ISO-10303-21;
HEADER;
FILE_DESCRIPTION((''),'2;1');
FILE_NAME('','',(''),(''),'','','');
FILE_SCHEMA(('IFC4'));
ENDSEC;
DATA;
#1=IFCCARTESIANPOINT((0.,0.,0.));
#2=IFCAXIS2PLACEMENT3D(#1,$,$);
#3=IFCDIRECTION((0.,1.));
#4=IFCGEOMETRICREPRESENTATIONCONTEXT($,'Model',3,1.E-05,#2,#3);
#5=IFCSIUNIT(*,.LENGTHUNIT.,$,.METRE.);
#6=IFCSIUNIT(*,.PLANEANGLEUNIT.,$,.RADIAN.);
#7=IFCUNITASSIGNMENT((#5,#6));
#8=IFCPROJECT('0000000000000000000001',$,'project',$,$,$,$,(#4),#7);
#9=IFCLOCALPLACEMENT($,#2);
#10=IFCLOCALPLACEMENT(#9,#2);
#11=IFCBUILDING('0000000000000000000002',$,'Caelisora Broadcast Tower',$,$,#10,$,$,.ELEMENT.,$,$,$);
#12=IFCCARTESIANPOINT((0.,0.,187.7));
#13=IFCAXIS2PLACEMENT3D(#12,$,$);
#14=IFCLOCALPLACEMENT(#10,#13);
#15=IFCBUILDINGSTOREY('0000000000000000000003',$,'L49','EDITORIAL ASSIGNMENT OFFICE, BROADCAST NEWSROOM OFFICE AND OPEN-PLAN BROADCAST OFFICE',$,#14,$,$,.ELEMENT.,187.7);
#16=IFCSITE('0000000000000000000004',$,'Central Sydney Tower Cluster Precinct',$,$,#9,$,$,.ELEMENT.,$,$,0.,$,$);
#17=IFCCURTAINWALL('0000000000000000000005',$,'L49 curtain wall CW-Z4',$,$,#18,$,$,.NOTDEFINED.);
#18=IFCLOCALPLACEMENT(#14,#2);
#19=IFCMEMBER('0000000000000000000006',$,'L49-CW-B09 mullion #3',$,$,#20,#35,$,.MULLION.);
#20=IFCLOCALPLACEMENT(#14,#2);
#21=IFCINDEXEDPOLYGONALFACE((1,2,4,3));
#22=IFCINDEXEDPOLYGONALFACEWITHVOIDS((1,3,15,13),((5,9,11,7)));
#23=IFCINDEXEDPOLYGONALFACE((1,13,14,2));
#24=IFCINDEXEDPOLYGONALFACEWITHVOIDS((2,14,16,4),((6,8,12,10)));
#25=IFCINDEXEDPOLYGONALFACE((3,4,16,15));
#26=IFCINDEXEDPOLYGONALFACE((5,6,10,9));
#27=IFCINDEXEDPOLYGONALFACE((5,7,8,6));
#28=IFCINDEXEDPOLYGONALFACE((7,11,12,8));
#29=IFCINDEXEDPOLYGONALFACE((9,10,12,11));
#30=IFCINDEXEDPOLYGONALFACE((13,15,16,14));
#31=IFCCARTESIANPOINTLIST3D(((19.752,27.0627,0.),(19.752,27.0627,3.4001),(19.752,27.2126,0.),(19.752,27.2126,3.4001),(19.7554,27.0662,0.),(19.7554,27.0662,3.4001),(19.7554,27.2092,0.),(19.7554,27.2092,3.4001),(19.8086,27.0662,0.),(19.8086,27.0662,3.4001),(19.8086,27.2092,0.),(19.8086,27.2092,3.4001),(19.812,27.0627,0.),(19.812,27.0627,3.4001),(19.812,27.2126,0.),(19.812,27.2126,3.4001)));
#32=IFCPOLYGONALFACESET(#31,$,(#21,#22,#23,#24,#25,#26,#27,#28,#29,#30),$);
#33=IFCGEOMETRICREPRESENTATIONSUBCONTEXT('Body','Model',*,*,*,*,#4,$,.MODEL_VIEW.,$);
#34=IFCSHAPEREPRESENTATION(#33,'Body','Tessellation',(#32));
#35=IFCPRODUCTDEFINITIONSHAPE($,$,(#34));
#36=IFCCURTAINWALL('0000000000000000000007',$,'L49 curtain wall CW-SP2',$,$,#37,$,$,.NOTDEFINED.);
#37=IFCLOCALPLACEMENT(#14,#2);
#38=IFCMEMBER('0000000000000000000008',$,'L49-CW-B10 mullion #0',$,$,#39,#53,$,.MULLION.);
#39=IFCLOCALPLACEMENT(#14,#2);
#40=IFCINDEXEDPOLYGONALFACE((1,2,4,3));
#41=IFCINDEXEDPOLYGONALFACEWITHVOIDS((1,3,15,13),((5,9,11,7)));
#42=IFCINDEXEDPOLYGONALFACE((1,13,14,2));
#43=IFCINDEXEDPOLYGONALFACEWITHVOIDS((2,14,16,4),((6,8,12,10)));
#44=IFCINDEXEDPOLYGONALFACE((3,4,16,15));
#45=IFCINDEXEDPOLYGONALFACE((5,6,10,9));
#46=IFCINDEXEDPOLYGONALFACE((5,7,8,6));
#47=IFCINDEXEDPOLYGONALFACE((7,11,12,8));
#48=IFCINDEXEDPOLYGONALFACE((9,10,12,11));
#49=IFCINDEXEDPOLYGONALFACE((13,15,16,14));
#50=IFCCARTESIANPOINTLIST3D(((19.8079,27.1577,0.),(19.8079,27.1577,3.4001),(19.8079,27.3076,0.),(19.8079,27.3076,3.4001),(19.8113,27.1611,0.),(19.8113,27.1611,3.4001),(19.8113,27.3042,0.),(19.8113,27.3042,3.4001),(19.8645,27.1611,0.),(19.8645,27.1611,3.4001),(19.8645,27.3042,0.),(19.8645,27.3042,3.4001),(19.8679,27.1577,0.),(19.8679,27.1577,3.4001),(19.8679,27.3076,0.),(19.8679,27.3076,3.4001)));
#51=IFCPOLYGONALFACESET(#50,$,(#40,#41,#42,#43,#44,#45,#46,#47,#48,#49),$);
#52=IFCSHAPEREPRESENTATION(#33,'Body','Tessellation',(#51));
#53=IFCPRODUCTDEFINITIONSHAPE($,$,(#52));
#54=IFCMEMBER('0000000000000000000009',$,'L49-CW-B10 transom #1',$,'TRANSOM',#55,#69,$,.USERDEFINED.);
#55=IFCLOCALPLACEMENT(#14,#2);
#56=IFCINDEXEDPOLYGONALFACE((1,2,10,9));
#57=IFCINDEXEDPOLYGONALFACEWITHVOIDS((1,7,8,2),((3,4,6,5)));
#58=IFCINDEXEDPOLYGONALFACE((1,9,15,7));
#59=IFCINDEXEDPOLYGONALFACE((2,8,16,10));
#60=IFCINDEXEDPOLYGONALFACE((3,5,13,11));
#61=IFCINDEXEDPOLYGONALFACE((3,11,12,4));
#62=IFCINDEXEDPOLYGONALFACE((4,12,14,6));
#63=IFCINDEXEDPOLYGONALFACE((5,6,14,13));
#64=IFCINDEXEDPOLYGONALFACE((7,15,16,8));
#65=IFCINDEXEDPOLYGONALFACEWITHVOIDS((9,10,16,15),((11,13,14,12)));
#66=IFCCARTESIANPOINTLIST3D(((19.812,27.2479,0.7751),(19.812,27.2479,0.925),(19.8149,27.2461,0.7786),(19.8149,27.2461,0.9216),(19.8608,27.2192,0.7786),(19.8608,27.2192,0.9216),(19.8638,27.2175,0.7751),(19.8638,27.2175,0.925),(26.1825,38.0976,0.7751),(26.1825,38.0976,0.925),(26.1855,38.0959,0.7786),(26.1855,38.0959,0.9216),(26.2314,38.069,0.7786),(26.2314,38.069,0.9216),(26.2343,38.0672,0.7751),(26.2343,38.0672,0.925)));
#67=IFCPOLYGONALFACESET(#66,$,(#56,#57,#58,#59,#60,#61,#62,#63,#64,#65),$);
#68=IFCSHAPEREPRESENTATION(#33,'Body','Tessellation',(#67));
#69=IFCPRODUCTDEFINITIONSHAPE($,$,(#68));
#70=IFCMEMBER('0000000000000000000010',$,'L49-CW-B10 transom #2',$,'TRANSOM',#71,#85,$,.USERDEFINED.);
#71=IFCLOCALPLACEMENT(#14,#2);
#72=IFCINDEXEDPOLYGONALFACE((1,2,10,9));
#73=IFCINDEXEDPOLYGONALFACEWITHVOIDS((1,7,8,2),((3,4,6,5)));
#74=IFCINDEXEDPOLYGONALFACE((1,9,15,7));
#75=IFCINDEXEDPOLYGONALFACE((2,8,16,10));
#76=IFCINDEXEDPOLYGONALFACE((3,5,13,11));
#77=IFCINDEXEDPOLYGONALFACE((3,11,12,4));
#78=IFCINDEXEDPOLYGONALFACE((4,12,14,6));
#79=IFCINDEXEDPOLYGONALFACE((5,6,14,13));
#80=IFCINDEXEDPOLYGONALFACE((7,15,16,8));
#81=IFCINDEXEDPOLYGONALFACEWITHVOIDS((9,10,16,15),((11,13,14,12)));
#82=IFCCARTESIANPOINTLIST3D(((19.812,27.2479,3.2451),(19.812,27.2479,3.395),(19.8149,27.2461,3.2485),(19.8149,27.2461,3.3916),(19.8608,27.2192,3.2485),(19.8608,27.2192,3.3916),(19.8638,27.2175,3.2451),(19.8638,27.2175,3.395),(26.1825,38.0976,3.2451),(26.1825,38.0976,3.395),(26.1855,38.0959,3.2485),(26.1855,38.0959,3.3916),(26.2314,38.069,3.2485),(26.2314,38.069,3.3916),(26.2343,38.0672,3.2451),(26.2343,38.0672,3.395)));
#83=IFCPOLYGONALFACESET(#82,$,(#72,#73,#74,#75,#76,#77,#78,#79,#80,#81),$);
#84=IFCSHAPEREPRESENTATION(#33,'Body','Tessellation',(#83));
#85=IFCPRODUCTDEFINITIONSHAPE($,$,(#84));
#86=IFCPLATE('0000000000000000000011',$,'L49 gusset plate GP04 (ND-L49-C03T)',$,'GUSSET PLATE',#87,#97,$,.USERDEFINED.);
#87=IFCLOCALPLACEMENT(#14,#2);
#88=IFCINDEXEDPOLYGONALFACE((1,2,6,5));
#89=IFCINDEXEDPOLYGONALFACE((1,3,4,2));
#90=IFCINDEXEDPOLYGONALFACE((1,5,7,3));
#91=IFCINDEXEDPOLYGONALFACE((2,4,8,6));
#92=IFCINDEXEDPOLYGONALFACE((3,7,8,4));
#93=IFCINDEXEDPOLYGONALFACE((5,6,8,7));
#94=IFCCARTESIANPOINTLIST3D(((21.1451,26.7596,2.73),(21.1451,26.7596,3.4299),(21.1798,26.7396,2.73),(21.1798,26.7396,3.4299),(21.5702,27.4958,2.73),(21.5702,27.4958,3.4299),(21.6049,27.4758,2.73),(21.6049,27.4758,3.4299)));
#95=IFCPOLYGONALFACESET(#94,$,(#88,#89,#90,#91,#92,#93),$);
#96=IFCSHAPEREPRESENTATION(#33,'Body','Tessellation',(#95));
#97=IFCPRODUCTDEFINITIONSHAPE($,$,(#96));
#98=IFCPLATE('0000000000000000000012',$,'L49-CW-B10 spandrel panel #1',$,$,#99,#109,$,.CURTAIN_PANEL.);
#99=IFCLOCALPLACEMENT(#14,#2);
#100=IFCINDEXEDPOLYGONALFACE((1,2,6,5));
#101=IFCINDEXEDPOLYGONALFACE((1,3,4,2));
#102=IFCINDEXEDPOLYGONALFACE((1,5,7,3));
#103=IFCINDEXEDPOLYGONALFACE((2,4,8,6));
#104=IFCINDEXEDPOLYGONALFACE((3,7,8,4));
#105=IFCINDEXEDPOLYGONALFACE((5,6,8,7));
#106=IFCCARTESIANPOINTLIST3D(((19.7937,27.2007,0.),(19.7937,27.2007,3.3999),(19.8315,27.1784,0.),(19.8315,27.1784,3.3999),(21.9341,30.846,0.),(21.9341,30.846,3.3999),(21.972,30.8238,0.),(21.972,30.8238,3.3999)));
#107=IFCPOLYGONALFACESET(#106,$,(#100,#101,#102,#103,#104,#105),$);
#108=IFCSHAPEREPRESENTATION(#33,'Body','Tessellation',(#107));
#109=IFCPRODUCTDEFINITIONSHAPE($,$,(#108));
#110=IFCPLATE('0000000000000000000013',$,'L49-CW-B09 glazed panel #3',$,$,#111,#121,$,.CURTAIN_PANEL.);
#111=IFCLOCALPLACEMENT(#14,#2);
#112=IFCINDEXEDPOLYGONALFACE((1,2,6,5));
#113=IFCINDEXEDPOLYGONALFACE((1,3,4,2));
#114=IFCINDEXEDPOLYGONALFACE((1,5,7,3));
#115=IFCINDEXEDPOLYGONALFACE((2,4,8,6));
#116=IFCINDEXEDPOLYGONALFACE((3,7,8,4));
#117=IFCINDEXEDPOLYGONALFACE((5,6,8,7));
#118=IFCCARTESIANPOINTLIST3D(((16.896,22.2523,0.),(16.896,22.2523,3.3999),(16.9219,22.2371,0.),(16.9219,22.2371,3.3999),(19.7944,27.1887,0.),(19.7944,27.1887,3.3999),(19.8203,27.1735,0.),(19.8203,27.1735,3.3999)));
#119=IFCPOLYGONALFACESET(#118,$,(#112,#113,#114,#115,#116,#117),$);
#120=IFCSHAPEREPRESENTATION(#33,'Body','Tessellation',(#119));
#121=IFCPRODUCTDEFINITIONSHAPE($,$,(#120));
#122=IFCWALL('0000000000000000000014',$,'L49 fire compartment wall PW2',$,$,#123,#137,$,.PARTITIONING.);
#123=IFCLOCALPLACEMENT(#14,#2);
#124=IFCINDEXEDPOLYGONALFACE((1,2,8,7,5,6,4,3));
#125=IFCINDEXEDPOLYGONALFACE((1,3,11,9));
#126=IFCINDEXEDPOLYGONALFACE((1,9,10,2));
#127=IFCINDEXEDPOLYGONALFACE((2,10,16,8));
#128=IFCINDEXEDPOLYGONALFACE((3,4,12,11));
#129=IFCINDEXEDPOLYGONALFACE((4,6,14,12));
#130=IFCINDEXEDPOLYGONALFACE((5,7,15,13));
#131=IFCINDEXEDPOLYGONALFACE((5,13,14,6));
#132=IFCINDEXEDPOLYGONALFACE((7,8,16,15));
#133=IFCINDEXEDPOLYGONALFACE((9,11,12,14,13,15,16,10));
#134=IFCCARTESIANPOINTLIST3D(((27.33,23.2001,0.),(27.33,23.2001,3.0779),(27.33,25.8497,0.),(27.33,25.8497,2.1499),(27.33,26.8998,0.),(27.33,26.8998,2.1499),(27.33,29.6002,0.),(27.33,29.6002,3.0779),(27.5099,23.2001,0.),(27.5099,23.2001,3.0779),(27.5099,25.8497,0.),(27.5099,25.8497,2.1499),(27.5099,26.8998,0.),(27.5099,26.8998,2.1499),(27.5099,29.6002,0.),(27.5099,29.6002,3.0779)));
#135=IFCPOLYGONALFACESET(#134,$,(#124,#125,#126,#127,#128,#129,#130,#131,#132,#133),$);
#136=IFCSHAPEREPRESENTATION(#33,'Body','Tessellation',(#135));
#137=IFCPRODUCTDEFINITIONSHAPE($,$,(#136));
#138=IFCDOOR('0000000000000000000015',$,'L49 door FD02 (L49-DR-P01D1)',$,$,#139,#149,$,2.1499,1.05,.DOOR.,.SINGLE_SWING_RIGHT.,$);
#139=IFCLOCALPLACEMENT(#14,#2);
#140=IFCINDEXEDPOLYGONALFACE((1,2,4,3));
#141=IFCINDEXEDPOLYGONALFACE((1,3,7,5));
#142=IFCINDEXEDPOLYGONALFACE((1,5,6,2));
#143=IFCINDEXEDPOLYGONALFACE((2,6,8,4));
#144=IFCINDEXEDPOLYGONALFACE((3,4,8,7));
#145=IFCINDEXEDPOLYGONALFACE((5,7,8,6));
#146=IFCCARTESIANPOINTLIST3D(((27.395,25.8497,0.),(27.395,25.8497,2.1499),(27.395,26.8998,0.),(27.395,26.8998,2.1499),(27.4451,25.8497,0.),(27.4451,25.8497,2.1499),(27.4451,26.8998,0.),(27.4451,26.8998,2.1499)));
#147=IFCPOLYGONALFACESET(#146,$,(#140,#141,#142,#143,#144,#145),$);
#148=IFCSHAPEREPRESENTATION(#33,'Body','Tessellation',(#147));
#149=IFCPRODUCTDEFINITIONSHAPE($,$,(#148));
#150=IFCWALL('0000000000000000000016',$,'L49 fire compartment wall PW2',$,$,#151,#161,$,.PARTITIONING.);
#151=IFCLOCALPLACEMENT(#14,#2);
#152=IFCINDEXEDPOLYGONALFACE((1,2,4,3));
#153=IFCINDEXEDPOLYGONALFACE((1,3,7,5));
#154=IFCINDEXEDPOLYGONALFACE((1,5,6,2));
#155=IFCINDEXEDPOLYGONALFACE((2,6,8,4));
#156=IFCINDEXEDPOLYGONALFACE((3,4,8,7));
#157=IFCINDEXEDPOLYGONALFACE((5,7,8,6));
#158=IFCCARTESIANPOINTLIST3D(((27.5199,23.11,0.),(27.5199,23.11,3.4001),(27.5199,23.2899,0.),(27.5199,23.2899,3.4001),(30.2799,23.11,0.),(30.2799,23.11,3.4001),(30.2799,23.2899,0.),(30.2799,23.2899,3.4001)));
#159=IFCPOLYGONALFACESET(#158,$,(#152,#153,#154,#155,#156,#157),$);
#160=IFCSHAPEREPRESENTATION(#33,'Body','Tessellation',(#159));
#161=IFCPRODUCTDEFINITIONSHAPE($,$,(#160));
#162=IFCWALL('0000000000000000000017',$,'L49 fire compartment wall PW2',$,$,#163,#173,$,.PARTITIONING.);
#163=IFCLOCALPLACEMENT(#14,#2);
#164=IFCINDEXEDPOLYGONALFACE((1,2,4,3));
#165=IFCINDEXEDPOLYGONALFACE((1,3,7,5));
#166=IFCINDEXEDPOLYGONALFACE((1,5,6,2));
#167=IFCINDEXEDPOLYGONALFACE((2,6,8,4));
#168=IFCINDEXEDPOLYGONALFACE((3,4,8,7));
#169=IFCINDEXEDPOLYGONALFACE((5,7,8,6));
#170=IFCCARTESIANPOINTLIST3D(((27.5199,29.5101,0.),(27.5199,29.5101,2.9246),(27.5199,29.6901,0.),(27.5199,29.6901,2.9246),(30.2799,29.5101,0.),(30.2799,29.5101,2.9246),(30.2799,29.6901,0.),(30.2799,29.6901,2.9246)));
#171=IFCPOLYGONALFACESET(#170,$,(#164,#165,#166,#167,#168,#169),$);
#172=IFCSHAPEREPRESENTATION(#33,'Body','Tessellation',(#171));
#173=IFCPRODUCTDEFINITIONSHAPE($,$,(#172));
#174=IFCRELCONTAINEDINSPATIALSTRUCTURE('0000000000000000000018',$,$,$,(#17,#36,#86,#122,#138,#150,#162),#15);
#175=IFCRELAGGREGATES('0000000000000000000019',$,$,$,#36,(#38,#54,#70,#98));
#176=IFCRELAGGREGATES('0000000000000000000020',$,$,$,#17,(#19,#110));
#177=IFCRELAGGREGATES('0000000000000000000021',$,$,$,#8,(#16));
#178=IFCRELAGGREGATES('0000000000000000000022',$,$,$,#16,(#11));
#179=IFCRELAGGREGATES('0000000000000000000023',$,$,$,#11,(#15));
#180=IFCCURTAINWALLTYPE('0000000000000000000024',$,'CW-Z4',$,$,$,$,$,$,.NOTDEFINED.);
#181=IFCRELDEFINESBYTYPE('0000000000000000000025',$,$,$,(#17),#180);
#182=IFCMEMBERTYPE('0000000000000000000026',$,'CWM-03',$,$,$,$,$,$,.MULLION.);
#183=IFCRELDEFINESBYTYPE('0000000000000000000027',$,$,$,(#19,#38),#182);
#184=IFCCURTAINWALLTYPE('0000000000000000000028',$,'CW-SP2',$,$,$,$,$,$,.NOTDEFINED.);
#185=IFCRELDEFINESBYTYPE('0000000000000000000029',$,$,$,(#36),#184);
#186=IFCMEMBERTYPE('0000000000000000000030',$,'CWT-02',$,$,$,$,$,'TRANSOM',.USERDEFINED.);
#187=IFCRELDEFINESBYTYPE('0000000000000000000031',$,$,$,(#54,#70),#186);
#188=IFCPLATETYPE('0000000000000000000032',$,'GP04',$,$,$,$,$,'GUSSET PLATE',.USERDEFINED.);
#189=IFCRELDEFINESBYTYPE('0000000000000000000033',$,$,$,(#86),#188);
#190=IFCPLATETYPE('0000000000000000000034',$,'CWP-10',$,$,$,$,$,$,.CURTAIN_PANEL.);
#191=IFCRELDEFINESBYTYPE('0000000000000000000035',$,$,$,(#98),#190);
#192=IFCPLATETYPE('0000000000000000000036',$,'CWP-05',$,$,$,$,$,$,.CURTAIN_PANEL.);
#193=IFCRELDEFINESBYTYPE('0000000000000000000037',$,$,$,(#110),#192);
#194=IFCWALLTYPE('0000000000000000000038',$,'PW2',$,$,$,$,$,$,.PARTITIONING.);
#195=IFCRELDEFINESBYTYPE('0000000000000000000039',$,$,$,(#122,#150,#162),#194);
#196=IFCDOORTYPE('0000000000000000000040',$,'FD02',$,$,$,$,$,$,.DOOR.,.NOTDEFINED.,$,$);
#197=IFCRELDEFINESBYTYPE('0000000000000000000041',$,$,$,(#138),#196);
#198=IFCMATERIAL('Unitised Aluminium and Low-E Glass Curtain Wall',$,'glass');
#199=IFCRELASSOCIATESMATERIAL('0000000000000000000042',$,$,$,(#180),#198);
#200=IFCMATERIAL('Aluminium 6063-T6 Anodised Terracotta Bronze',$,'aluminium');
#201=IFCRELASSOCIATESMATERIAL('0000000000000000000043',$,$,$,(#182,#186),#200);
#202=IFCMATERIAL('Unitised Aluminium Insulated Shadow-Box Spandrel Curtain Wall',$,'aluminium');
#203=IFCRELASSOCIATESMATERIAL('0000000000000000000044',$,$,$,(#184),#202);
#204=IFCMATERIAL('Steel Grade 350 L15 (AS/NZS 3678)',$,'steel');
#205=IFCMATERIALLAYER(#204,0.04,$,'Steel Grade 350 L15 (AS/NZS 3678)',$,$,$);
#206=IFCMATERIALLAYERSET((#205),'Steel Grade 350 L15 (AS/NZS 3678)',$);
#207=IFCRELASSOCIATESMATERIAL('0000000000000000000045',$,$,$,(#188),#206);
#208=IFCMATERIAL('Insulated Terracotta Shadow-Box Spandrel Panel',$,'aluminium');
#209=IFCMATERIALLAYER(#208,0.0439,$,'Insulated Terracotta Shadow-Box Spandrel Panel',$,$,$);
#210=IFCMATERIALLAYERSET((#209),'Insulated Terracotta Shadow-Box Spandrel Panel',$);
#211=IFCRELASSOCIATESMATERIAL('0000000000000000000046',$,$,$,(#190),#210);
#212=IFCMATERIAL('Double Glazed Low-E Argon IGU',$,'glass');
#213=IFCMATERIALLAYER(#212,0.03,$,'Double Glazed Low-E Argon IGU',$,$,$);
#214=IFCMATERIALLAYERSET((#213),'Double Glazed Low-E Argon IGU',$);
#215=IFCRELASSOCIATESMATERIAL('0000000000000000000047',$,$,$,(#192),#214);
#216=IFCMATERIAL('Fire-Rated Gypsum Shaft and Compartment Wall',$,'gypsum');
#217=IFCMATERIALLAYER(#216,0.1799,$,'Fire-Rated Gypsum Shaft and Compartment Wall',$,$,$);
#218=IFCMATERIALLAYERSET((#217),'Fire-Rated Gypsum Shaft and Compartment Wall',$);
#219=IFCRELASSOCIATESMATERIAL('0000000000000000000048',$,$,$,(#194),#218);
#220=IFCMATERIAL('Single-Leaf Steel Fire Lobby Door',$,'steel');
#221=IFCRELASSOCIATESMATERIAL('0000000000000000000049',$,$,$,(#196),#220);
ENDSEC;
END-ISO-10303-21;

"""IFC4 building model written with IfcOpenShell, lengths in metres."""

from ifc_helpers import new_model, si_unit, direction, frame, frame_2d, origin, origin_2d, place, context, subcontext, project, spatial, rectangle, hollow_rectangle, extrude, source, transform, mapped, material, layer, layer_set, material_profile, profile_set, type_object, type_shapes, element, fill, aggregate, save


model = new_model("IFC4")

# Units and contexts
model_context = context("Model", 3, precision=1e-05, world=origin(), true_north=direction((0.0, 1.0)))
body_context = subcontext(model_context, "Body", "Model", "MODEL_VIEW")
ifc_project = project(units=[si_unit("LENGTHUNIT", "METRE"), si_unit("PLANEANGLEUNIT", "RADIAN")], contexts=[model_context])

# Site, building, storey
site_placement = place(None, origin())
site = spatial("IfcSite", under=ifc_project, at=site_placement, Name="Central Sydney Tower Cluster Precinct", CompositionType="ELEMENT", RefElevation=0.0)
building_placement = place(site_placement, origin())
building = spatial("IfcBuilding", under=site, at=building_placement, Name="Caelisora Broadcast Tower", CompositionType="ELEMENT")
storey_placement = place(building_placement, frame((0.0, 0.0, 187.7)))
storey = spatial("IfcBuildingStorey", under=building, at=storey_placement, Name="L49", Description="EDITORIAL ASSIGNMENT OFFICE, BROADCAST NEWSROOM OFFICE AND OPEN-PLAN BROADCAST OFFICE", CompositionType="ELEMENT", Elevation=187.7)

# Shared definitions
ifc_material_1 = material(Name="Steel Grade 350 L15 (AS/NZS 3678)", Category="steel")

# Curtain walls, members
ifc_material_2 = material(Name="Unitised Aluminium and Low-E Glass Curtain Wall", Category="glass")
curtain_wall_type_1 = type_object("IfcCurtainWallType", Name="CW-Z4", PredefinedType="NOTDEFINED", material=ifc_material_2)
curtain_wall_1_placement = place(storey_placement, origin())
curtain_wall_1 = element("IfcCurtainWall", 1, at=curtain_wall_1_placement, inside=storey, type_object=curtain_wall_type_1, Name="L49 curtain wall CW-Z4", PredefinedType="NOTDEFINED")
ifc_material_3 = material(Name="Aluminium 6063-T6 Anodised Terracotta Bronze", Category="aluminium")
ifc_material_profile_1 = material_profile(ifc_material_3, hollow_rectangle(XDim=0.0601, YDim=0.1499, WallThickness=0.0034, at=origin_2d()), Name="Aluminium 6063-T6 Anodised Terracotta Bronze")
ifc_profile_set_1 = profile_set([ifc_material_profile_1], Name="Aluminium 6063-T6 Anodised Terracotta Bronze")
member_type_1 = type_object("IfcMemberType", Name="CWM-03", PredefinedType="MULLION", material=ifc_profile_set_1)
shared_shape_1 = source(origin(), body_context, "Body", "SweptSolid", [
    extrude(hollow_rectangle(XDim=0.0601, YDim=0.1499, WallThickness=0.0034, at=origin_2d()), origin(), (0.0, 0.0, 1.0), 3.4001),
])
type_shapes(member_type_1, [shared_shape_1])
member_1_placement = place(storey_placement, frame((19.782, 27.1377, 0.0), z_axis=(0.0, 0.0, 1.0), x_axis=(1.0, 0.0, 0.0)))
member_1 = element("IfcMember", 2, at=member_1_placement, type_object=member_type_1, Name="L49-CW-B09 mullion #3", PredefinedType="MULLION", context=body_context, shape_type="MappedRepresentation", body=[
    mapped(shared_shape_1, transform((0.0, 0.0, 0.0), scale=1.0)),
])
ifc_material_4 = material(Name="Unitised Aluminium Insulated Shadow-Box Spandrel Curtain Wall", Category="aluminium")
curtain_wall_type_2 = type_object("IfcCurtainWallType", Name="CW-SP2", PredefinedType="NOTDEFINED", material=ifc_material_4)
curtain_wall_2_placement = place(storey_placement, origin())
curtain_wall_2 = element("IfcCurtainWall", 3, at=curtain_wall_2_placement, inside=storey, type_object=curtain_wall_type_2, Name="L49 curtain wall CW-SP2", PredefinedType="NOTDEFINED")
member_2_placement = place(storey_placement, frame((19.8379, 27.2327, 0.0), z_axis=(0.0, 0.0, 1.0), x_axis=(1.0, 0.0, 0.0)))
member_2 = element("IfcMember", 4, at=member_2_placement, type_object=member_type_1, Name="L49-CW-B10 mullion #0", PredefinedType="MULLION", context=body_context, shape_type="MappedRepresentation", body=[
    mapped(shared_shape_1, transform((0.0, 0.0, 0.0), scale=1.0)),
])
ifc_material_profile_2 = material_profile(ifc_material_3, hollow_rectangle(XDim=0.0601, YDim=0.1499, WallThickness=0.0034, at=origin_2d()), Name="Aluminium 6063-T6 Anodised Terracotta Bronze")
ifc_profile_set_2 = profile_set([ifc_material_profile_2], Name="Aluminium 6063-T6 Anodised Terracotta Bronze")
member_type_2 = type_object("IfcMemberType", Name="CWT-02", ElementType="TRANSOM", PredefinedType="USERDEFINED", material=ifc_profile_set_2)
shared_shape_2 = source(origin(), body_context, "Body", "SweptSolid", [
    extrude(hollow_rectangle(XDim=0.0601, YDim=0.1499, WallThickness=0.0034, at=origin_2d()), origin(), (0.0, 0.0, 1.0), 12.5818),
])
type_shapes(member_type_2, [shared_shape_2])
member_3_placement = place(storey_placement, frame((19.8379, 27.2327, 0.8501), z_axis=(0.506331, 0.862339, 0.0), x_axis=(-0.862339, 0.506331, 0.0)))
member_3 = element("IfcMember", 5, at=member_3_placement, type_object=member_type_2, Name="L49-CW-B10 transom #1", ObjectType="TRANSOM", PredefinedType="USERDEFINED", context=body_context, shape_type="MappedRepresentation", body=[
    mapped(shared_shape_2, transform((0.0, 0.0, 0.0), scale=1.0)),
])
member_4_placement = place(storey_placement, frame((19.8379, 27.2327, 3.3201), z_axis=(0.506331, 0.862339, 0.0), x_axis=(-0.862339, 0.506331, 0.0)))
member_4 = element("IfcMember", 6, at=member_4_placement, type_object=member_type_2, Name="L49-CW-B10 transom #2", ObjectType="TRANSOM", PredefinedType="USERDEFINED", context=body_context, shape_type="MappedRepresentation", body=[
    mapped(shared_shape_2, transform((0.0, 0.0, 0.0), scale=1.0)),
])

# Plates
ifc_layer_1 = layer(ifc_material_1, 0.04, Name="Steel Grade 350 L15 (AS/NZS 3678)")
ifc_layer_set_1 = layer_set([ifc_layer_1], Name="Steel Grade 350 L15 (AS/NZS 3678)")
plate_type_1 = type_object("IfcPlateType", Name="GP04", ElementType="GUSSET PLATE", PredefinedType="USERDEFINED", material=ifc_layer_set_1)
shared_shape_3 = source(origin(), body_context, "Body", "SweptSolid", [
    extrude(rectangle(XDim=0.8501, YDim=0.04, at=origin_2d()), origin(), (0.0, 0.0, 1.0), 0.7),
])
type_shapes(plate_type_1, [shared_shape_3])
plate_1_placement = place(storey_placement, frame((21.375, 27.1177, 2.73), z_axis=(0.0, 0.0, 1.0), x_axis=(-0.5, -0.866025, 0.0)))
element("IfcPlate", 7, at=plate_1_placement, inside=storey, type_object=plate_type_1, Name="L49 gusset plate GP04 (ND-L49-C03T)", ObjectType="GUSSET PLATE", PredefinedType="USERDEFINED", context=body_context, shape_type="MappedRepresentation", body=[
    mapped(shared_shape_3, transform((0.0, 0.0, 0.0), scale=1.0)),
])
ifc_material_5 = material(Name="Insulated Terracotta Shadow-Box Spandrel Panel", Category="aluminium")
ifc_layer_2 = layer(ifc_material_5, 0.0439, Name="Insulated Terracotta Shadow-Box Spandrel Panel")
ifc_layer_set_2 = layer_set([ifc_layer_2], Name="Insulated Terracotta Shadow-Box Spandrel Panel")
plate_type_2 = type_object("IfcPlateType", Name="CWP-10", PredefinedType="CURTAIN_PANEL", material=ifc_layer_set_2)
shared_shape_4 = source(origin(), body_context, "Body", "SweptSolid", [
    extrude(rectangle(XDim=4.2273, YDim=0.0439, at=origin_2d()), origin(), (0.0, 0.0, 1.0), 3.3999),
])
type_shapes(plate_type_2, [shared_shape_4])
plate_2_placement = place(storey_placement, frame((20.8828, 29.0122, 0.0), z_axis=(0.0, 0.0, 1.0), x_axis=(0.506335, 0.862337, 0.0)))
plate_2 = element("IfcPlate", 8, at=plate_2_placement, type_object=plate_type_2, Name="L49-CW-B10 spandrel panel #1", PredefinedType="CURTAIN_PANEL", context=body_context, shape_type="MappedRepresentation", body=[
    mapped(shared_shape_4, transform((0.0, 0.0, 0.0), scale=1.0)),
])
aggregate(curtain_wall_2, [member_2, member_3, member_4, plate_2])
ifc_material_6 = material(Name="Double Glazed Low-E Argon IGU", Category="glass")
ifc_layer_3 = layer(ifc_material_6, 0.03, Name="Double Glazed Low-E Argon IGU")
ifc_layer_set_3 = layer_set([ifc_layer_3], Name="Double Glazed Low-E Argon IGU")
plate_type_3 = type_object("IfcPlateType", Name="CWP-05", PredefinedType="CURTAIN_PANEL", material=ifc_layer_set_3)
shared_shape_5 = source(origin(), body_context, "Body", "SweptSolid", [
    extrude(rectangle(XDim=5.7244, YDim=0.03, at=origin_2d()), origin(), (0.0, 0.0, 1.0), 3.3999),
])
type_shapes(plate_type_3, [shared_shape_5])
plate_3_placement = place(storey_placement, frame((18.3582, 24.7129, 0.0), z_axis=(0.0, 0.0, 1.0), x_axis=(0.506335, 0.862337, 0.0)))
plate_3 = element("IfcPlate", 9, at=plate_3_placement, type_object=plate_type_3, Name="L49-CW-B09 glazed panel #3", PredefinedType="CURTAIN_PANEL", context=body_context, shape_type="MappedRepresentation", body=[
    mapped(shared_shape_5, transform((0.0, 0.0, 0.0), scale=1.0)),
])
aggregate(curtain_wall_1, [member_1, plate_3])

# Wall, opening, door
ifc_material_7 = material(Name="Fire-Rated Gypsum Shaft and Compartment Wall", Category="gypsum")
ifc_layer_4 = layer(ifc_material_7, 0.1799, Name="Fire-Rated Gypsum Shaft and Compartment Wall")
ifc_layer_set_4 = layer_set([ifc_layer_4], Name="Fire-Rated Gypsum Shaft and Compartment Wall")
wall_type = type_object("IfcWallType", Name="PW2", PredefinedType="PARTITIONING", material=ifc_layer_set_4)
wall_1_placement = place(storey_placement, frame((27.4199, 23.2, 0.0), z_axis=(0.0, 0.0, 1.0), x_axis=(0.0, 1.0, 0.0)))
wall_1 = element("IfcWall", 10, at=wall_1_placement, inside=storey, type_object=wall_type, Name="L49 fire compartment wall PW2", PredefinedType="PARTITIONING", context=body_context, shape_type="SweptSolid", body=[
    extrude(rectangle(XDim=6.4001, YDim=0.1799, at=frame_2d((3.2002, 0.0))), origin(), (0.0, 0.0, 1.0), 3.0779),
])
opening_placement = place(wall_1_placement, frame((2.6499, 0.0, 0.0)))
opening = element("IfcOpeningElement", 11, at=opening_placement, cuts=wall_1, PredefinedType="OPENING", context=body_context, shape_type="SweptSolid", body=[
    extrude(rectangle(XDim=1.05, YDim=2.1499, at=frame_2d((0.5249, 1.075))), frame((0.0, 0.1021, 0.0), z_axis=(0.0, -1.0, 0.0), x_axis=(1.0, 0.0, 0.0)), (0.0, 0.0, 1.0), 0.2039),
])
ifc_material_8 = material(Name="Single-Leaf Steel Fire Lobby Door", Category="steel")
door_type = type_object("IfcDoorType", Name="FD02", OperationType="NOTDEFINED", PredefinedType="DOOR", material=ifc_material_8)
door_placement = place(opening_placement, origin())
door = element("IfcDoor", 12, at=door_placement, inside=storey, type_object=door_type, Name="L49 door FD02 (L49-DR-P01D1)", OperationType="SINGLE_SWING_RIGHT", OverallHeight=2.1499, OverallWidth=1.05, PredefinedType="DOOR", context=body_context, shape_type="SweptSolid", body=[
    extrude(rectangle(XDim=1.05, YDim=2.1499, at=frame_2d((0.5249, 1.075))), frame((0.0, 0.0249, 0.0), z_axis=(0.0, -1.0, 0.0), x_axis=(1.0, 0.0, 0.0)), (0.0, 0.0, 1.0), 0.05),
])
fill(opening, door)

# Walls
wall_2_placement = place(storey_placement, frame((27.52, 23.2, 0.0), z_axis=(0.0, 0.0, 1.0), x_axis=(1.0, 0.0, 0.0)))
element("IfcWall", 13, at=wall_2_placement, inside=storey, type_object=wall_type, Name="L49 fire compartment wall PW2", PredefinedType="PARTITIONING", context=body_context, shape_type="SweptSolid", body=[
    extrude(rectangle(XDim=2.76, YDim=0.1799, at=frame_2d((1.3799, 0.0))), origin(), (0.0, 0.0, 1.0), 3.4001),
])
wall_3_placement = place(storey_placement, frame((27.52, 29.6001, 0.0), z_axis=(0.0, 0.0, 1.0), x_axis=(1.0, 0.0, 0.0)))
element("IfcWall", 14, at=wall_3_placement, inside=storey, type_object=wall_type, Name="L49 fire compartment wall PW2", PredefinedType="PARTITIONING", context=body_context, shape_type="SweptSolid", body=[
    extrude(rectangle(XDim=2.76, YDim=0.1799, at=frame_2d((1.3799, 0.0))), origin(), (0.0, 0.0, 1.0), 2.9246),
])

save(model, "model.ifc")
